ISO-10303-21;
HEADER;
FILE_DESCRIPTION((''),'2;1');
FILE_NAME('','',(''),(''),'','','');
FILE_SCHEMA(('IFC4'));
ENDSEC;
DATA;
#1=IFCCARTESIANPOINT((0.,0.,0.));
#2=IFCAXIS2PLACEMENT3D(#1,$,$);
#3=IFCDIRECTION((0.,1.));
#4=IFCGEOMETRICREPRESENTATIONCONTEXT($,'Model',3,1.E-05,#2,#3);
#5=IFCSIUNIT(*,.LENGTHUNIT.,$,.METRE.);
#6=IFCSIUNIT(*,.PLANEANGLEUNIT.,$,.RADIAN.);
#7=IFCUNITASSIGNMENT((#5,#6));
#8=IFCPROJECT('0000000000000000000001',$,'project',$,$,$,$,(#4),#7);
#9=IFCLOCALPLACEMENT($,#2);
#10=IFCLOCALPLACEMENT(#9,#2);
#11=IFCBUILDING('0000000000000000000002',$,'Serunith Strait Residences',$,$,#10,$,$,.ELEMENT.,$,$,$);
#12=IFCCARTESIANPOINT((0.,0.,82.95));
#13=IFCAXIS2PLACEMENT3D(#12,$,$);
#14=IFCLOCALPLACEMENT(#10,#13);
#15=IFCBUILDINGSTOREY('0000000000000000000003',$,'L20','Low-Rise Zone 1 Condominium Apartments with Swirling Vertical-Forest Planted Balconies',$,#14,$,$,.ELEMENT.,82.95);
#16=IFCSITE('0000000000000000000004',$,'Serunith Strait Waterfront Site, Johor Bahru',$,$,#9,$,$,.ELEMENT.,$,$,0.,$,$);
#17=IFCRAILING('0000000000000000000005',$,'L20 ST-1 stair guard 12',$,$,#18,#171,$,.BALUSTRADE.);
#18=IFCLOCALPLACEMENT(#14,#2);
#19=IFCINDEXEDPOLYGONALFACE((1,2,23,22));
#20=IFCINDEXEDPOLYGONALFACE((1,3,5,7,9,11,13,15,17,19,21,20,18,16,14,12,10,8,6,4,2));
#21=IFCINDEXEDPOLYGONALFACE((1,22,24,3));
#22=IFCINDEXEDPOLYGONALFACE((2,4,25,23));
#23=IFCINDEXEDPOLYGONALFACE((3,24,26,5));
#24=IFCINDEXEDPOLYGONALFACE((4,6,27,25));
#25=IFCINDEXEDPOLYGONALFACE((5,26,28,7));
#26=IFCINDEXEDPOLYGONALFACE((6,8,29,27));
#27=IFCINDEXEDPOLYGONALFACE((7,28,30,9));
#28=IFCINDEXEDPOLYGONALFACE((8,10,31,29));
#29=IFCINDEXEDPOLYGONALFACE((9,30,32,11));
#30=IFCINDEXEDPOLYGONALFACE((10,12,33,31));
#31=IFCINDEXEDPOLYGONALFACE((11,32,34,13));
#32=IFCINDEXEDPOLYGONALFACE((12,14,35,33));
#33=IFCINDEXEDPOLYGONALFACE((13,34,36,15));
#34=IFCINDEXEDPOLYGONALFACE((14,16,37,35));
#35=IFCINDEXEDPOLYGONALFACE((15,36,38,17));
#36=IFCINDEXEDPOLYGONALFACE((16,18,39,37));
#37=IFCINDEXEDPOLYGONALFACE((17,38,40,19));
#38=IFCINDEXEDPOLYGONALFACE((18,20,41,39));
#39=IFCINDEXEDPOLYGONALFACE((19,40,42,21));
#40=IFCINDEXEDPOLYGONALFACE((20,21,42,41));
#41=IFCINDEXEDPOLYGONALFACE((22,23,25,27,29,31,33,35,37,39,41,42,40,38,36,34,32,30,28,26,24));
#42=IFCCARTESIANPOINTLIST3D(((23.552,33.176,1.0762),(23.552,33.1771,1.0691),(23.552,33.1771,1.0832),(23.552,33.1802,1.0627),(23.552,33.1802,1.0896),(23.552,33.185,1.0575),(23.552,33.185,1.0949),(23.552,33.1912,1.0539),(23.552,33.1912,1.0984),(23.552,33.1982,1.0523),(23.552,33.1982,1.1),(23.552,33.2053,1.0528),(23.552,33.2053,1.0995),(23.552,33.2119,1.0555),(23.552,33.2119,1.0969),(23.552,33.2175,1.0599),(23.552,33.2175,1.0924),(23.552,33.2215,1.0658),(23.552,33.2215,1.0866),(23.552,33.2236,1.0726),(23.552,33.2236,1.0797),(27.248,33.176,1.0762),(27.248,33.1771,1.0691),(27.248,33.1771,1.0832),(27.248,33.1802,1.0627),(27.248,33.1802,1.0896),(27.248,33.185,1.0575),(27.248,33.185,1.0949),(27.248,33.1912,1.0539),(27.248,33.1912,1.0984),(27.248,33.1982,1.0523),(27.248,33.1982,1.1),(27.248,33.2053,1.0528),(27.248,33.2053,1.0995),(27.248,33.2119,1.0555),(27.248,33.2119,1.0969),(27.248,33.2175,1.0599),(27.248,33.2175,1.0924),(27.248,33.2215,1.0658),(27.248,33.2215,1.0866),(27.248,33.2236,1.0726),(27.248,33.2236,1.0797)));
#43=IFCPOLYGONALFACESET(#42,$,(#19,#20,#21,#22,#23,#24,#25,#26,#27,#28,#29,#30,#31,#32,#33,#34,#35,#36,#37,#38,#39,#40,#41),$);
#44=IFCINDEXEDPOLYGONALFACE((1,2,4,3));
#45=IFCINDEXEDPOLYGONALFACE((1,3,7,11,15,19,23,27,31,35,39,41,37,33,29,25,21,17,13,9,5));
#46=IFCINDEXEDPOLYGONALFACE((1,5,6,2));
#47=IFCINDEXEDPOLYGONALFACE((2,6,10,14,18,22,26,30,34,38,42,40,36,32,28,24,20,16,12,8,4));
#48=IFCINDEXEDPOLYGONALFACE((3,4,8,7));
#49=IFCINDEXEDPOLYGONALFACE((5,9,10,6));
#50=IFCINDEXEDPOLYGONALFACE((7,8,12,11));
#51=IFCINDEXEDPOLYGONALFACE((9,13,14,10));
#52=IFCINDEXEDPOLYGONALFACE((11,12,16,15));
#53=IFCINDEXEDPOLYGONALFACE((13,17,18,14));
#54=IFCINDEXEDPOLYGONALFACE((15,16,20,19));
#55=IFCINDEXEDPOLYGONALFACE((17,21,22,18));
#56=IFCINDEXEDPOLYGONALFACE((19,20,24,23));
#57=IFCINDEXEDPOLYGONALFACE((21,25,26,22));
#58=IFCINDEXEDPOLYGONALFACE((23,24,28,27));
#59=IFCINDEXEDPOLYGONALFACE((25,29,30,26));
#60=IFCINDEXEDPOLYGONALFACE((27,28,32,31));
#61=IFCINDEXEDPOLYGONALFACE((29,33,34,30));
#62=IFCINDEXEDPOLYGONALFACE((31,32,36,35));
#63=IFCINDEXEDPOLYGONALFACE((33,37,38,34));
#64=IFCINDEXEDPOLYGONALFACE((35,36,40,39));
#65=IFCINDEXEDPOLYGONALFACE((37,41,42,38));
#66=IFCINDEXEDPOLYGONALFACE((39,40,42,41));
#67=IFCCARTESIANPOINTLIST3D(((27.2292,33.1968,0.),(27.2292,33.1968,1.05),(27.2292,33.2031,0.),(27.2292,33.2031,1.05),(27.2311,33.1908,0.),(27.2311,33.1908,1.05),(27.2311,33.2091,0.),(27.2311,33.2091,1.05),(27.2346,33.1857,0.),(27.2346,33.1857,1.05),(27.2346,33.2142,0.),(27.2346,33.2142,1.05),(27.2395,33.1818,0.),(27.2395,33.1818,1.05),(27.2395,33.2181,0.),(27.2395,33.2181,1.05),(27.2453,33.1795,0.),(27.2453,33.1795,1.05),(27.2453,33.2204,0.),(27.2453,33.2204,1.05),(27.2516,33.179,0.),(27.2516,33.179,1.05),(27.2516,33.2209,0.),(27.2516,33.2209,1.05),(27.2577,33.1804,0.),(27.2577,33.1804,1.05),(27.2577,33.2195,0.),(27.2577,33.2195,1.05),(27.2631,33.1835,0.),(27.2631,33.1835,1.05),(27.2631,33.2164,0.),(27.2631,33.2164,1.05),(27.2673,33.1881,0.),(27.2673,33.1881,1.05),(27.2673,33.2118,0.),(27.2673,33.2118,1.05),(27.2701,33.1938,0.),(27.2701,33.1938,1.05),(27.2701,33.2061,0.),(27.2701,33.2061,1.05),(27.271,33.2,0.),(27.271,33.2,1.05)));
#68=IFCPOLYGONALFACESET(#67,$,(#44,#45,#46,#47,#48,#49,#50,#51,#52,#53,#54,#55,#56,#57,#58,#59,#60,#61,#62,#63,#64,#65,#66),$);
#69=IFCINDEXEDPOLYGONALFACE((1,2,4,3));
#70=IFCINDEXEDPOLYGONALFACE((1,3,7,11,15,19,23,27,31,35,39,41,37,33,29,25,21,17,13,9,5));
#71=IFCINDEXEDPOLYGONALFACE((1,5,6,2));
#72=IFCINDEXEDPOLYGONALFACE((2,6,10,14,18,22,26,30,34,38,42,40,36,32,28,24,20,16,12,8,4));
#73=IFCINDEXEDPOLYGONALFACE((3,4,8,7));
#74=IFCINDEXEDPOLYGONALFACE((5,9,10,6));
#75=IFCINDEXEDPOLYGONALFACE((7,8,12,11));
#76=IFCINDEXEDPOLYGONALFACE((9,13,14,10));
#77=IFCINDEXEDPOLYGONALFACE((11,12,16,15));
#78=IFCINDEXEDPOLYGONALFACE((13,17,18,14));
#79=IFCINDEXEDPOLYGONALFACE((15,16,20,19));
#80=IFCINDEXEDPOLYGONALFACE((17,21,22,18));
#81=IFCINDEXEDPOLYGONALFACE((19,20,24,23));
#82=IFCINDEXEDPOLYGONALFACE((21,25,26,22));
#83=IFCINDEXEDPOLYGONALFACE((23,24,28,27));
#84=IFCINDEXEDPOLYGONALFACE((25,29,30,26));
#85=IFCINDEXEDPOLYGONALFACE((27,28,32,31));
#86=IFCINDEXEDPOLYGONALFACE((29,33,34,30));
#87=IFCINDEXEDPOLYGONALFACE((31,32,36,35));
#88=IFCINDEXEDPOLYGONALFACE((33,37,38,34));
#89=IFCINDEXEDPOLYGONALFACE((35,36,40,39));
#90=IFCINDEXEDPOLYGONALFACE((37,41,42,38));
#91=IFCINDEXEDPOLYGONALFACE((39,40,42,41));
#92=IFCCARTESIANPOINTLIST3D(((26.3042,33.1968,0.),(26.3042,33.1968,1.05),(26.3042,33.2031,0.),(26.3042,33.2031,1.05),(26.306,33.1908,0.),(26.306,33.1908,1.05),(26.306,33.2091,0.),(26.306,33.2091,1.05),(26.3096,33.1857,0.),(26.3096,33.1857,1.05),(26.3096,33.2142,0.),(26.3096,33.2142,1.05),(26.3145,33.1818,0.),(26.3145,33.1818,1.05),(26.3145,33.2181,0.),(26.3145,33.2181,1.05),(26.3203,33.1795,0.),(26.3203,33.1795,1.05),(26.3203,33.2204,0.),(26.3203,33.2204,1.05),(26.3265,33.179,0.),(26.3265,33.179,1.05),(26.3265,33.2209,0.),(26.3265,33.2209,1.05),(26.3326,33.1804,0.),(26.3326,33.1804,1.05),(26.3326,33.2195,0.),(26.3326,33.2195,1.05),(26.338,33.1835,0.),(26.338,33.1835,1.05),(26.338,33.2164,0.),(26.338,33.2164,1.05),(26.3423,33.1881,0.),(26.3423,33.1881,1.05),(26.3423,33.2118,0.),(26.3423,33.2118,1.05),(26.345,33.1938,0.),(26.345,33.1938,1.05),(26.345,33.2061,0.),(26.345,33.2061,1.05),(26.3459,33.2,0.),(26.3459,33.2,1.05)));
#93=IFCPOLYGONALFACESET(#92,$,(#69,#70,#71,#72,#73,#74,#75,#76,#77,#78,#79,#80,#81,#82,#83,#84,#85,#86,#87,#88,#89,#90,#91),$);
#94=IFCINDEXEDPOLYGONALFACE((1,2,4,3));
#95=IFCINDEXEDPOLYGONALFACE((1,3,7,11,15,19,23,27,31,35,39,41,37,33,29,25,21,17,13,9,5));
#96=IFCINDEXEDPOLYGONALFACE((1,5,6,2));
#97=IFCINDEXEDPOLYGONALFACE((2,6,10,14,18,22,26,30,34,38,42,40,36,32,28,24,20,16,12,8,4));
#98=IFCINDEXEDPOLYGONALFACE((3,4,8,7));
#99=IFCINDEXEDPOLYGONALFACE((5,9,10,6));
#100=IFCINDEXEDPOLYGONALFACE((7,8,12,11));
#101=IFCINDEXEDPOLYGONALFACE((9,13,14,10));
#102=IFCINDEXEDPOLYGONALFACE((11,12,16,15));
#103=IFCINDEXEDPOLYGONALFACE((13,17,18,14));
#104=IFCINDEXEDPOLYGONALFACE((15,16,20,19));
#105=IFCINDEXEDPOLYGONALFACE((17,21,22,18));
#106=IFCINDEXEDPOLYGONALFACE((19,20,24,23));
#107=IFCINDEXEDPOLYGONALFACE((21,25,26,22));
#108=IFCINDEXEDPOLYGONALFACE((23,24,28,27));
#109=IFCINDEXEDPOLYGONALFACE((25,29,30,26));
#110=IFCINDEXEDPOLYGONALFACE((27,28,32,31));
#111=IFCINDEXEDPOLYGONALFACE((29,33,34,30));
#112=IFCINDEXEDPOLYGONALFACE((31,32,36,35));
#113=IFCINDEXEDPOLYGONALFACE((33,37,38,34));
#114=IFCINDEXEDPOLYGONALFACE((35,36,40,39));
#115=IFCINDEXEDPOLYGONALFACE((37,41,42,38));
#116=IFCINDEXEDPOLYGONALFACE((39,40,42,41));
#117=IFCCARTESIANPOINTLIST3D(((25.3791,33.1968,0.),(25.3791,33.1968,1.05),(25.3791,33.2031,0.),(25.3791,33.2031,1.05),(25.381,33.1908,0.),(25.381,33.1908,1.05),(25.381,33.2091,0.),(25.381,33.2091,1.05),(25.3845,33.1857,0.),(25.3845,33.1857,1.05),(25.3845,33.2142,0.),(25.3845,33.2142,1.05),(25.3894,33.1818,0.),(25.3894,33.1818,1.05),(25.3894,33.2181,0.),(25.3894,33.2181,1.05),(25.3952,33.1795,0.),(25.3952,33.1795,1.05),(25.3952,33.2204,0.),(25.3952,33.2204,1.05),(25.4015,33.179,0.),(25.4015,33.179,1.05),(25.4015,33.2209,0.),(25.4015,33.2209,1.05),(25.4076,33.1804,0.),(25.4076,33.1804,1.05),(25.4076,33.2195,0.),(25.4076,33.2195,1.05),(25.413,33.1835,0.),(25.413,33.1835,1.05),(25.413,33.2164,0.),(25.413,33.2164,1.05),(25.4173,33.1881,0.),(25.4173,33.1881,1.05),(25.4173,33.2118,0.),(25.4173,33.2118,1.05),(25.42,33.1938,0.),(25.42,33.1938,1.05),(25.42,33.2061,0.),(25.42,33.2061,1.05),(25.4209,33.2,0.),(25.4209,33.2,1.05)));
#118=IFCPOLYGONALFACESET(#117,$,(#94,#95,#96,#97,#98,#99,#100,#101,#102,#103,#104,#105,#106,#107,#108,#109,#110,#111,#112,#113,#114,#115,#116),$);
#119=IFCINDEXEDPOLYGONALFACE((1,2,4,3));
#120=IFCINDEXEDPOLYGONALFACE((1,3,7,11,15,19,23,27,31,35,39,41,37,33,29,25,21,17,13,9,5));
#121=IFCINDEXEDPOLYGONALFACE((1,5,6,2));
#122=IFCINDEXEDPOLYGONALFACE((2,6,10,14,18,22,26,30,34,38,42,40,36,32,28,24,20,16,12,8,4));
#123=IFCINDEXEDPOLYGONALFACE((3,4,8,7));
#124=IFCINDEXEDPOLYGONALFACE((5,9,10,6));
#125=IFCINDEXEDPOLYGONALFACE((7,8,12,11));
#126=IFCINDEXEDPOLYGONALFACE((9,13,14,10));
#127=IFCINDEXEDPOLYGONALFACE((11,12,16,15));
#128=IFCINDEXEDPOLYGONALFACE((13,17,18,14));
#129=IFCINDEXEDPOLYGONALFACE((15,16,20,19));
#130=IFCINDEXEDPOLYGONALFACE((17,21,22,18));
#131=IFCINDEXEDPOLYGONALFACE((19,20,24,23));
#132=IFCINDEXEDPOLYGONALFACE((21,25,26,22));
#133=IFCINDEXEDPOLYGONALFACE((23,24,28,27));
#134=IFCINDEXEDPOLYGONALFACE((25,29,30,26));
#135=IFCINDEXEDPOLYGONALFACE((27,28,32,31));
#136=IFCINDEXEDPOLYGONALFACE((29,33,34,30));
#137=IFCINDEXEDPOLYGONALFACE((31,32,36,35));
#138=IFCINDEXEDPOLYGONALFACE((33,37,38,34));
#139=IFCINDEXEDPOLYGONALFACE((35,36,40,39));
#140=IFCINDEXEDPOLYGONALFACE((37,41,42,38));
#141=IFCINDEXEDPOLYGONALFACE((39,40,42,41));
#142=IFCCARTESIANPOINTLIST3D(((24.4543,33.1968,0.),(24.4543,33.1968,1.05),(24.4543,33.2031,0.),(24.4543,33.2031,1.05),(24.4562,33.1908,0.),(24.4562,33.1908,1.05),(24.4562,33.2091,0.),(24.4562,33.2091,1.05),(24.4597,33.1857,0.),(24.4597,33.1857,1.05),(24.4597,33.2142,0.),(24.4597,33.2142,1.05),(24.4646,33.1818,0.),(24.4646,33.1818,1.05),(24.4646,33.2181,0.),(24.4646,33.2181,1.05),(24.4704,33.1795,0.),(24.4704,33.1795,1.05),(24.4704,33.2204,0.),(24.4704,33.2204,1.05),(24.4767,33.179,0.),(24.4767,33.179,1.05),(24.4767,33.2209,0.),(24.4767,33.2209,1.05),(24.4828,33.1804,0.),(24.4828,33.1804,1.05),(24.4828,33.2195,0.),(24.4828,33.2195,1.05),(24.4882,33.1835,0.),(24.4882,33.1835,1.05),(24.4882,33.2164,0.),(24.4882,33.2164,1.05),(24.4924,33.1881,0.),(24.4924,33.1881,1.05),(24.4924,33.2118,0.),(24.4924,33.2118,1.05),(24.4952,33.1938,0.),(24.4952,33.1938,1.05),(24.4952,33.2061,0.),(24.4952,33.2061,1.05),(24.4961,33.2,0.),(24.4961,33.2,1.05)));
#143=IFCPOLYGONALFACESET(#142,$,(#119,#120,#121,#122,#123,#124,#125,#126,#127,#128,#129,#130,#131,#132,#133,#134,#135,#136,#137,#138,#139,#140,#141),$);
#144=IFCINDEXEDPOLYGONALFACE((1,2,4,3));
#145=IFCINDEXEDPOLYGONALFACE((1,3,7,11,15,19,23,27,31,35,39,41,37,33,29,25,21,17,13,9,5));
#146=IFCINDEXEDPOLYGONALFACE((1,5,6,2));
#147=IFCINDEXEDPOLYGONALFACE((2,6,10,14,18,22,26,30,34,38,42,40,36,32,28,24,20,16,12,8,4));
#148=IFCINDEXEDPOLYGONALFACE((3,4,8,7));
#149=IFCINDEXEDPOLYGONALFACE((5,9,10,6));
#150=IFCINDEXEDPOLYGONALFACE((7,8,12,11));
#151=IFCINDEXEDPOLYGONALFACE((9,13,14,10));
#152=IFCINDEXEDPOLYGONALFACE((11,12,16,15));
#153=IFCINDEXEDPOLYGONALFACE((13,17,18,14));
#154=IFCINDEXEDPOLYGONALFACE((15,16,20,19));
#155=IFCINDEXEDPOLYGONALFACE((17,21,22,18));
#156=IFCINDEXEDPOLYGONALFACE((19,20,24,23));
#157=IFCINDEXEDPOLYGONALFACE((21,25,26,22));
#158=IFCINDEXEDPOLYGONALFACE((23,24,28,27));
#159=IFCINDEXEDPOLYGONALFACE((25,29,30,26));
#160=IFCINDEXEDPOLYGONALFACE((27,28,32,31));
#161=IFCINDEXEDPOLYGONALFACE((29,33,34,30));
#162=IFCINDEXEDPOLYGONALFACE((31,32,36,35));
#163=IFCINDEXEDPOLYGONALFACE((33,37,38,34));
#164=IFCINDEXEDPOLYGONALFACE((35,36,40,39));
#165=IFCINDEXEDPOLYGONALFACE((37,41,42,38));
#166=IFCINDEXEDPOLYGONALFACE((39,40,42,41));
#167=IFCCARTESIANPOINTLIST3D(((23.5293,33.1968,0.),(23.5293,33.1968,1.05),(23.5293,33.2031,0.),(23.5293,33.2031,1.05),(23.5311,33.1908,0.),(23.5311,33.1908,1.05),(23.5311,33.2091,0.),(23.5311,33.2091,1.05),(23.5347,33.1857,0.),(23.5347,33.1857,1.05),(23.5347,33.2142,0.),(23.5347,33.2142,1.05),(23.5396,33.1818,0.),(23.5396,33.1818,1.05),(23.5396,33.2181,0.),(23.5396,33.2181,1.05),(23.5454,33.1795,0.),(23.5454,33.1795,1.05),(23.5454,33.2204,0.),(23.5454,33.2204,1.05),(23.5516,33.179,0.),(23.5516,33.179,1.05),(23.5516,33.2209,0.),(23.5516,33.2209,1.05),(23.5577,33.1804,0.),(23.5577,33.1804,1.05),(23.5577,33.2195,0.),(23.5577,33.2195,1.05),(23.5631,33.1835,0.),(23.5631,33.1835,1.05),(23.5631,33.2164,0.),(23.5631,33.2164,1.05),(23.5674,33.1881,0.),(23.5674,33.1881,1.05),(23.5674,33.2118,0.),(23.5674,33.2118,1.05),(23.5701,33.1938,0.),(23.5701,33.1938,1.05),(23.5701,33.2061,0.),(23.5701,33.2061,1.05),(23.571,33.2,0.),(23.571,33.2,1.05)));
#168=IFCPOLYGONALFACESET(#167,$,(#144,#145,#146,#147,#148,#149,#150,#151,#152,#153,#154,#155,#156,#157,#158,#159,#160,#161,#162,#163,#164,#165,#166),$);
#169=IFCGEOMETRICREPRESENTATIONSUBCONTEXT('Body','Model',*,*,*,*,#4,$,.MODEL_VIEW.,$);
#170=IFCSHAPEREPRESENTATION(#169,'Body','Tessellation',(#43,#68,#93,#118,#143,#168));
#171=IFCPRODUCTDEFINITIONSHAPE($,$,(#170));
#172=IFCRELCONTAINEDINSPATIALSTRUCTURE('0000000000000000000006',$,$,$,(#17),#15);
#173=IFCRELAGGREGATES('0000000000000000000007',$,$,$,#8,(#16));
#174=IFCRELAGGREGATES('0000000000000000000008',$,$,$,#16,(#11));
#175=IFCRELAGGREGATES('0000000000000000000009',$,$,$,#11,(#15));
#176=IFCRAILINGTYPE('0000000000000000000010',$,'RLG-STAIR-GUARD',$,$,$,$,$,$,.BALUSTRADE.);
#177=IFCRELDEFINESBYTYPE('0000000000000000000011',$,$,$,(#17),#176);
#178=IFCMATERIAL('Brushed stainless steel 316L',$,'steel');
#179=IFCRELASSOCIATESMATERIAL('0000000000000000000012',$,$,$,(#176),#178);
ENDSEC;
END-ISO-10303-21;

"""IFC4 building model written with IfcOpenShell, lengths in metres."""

from ifc_helpers import new_model, si_unit, direction, frame, origin, origin_2d, place, context, subcontext, project, spatial, circle, extrude, material, type_object, element, save


model = new_model("IFC4")

# Units and contexts
model_context = context("Model", 3, precision=1e-05, world=origin(), true_north=direction((0.0, 1.0)))
body_context = subcontext(model_context, "Body", "Model", "MODEL_VIEW")
ifc_project = project(units=[si_unit("LENGTHUNIT", "METRE"), si_unit("PLANEANGLEUNIT", "RADIAN")], contexts=[model_context])

# Site, building, storey
site_placement = place(None, origin())
site = spatial("IfcSite", under=ifc_project, at=site_placement, Name="Serunith Strait Waterfront Site, Johor Bahru", CompositionType="ELEMENT", RefElevation=0.0)
building_placement = place(site_placement, origin())
building = spatial("IfcBuilding", under=site, at=building_placement, Name="Serunith Strait Residences", CompositionType="ELEMENT")
storey_placement = place(building_placement, frame((0.0, 0.0, 82.95)))
storey = spatial("IfcBuildingStorey", under=building, at=storey_placement, Name="L20", Description="Low-Rise Zone 1 Condominium Apartments with Swirling Vertical-Forest Planted Balconies", CompositionType="ELEMENT", Elevation=82.95)

# Railing
ifc_material_1 = material(Name="Brushed stainless steel 316L", Category="steel")
railing_type_1 = type_object("IfcRailingType", Name="RLG-STAIR-GUARD", PredefinedType="BALUSTRADE", material=ifc_material_1)
railing_1_placement = place(storey_placement, frame((27.25, 33.2, 0.0)))
element("IfcRailing", 1, at=railing_1_placement, inside=storey, type_object=railing_type_1, Name="L20 ST-1 stair guard 12", PredefinedType="BALUSTRADE", context=body_context, shape_type="SweptSolid", body=[
    extrude(circle(Radius=0.0239, at=origin_2d()), frame((-0.002, 0.0, 1.0762), z_axis=(-1.0, 0.0, 0.0), x_axis=(0.0, -1.0, 0.0)), (0.0, 0.0, 1.0), 3.696),
    extrude(circle(Radius=0.021, at=origin_2d()), origin(), (0.0, 0.0, 1.0), 1.05),
    extrude(circle(Radius=0.021, at=origin_2d()), frame((-0.925, 0.0, 0.0)), (0.0, 0.0, 1.0), 1.05),
    extrude(circle(Radius=0.021, at=origin_2d()), frame((-1.8501, 0.0, 0.0)), (0.0, 0.0, 1.0), 1.05),
    extrude(circle(Radius=0.021, at=origin_2d()), frame((-2.7749, 0.0, 0.0)), (0.0, 0.0, 1.0), 1.05),
    extrude(circle(Radius=0.021, at=origin_2d()), frame((-3.7, 0.0, 0.0)), (0.0, 0.0, 1.0), 1.05),
])

save(model, "model.ifc")
